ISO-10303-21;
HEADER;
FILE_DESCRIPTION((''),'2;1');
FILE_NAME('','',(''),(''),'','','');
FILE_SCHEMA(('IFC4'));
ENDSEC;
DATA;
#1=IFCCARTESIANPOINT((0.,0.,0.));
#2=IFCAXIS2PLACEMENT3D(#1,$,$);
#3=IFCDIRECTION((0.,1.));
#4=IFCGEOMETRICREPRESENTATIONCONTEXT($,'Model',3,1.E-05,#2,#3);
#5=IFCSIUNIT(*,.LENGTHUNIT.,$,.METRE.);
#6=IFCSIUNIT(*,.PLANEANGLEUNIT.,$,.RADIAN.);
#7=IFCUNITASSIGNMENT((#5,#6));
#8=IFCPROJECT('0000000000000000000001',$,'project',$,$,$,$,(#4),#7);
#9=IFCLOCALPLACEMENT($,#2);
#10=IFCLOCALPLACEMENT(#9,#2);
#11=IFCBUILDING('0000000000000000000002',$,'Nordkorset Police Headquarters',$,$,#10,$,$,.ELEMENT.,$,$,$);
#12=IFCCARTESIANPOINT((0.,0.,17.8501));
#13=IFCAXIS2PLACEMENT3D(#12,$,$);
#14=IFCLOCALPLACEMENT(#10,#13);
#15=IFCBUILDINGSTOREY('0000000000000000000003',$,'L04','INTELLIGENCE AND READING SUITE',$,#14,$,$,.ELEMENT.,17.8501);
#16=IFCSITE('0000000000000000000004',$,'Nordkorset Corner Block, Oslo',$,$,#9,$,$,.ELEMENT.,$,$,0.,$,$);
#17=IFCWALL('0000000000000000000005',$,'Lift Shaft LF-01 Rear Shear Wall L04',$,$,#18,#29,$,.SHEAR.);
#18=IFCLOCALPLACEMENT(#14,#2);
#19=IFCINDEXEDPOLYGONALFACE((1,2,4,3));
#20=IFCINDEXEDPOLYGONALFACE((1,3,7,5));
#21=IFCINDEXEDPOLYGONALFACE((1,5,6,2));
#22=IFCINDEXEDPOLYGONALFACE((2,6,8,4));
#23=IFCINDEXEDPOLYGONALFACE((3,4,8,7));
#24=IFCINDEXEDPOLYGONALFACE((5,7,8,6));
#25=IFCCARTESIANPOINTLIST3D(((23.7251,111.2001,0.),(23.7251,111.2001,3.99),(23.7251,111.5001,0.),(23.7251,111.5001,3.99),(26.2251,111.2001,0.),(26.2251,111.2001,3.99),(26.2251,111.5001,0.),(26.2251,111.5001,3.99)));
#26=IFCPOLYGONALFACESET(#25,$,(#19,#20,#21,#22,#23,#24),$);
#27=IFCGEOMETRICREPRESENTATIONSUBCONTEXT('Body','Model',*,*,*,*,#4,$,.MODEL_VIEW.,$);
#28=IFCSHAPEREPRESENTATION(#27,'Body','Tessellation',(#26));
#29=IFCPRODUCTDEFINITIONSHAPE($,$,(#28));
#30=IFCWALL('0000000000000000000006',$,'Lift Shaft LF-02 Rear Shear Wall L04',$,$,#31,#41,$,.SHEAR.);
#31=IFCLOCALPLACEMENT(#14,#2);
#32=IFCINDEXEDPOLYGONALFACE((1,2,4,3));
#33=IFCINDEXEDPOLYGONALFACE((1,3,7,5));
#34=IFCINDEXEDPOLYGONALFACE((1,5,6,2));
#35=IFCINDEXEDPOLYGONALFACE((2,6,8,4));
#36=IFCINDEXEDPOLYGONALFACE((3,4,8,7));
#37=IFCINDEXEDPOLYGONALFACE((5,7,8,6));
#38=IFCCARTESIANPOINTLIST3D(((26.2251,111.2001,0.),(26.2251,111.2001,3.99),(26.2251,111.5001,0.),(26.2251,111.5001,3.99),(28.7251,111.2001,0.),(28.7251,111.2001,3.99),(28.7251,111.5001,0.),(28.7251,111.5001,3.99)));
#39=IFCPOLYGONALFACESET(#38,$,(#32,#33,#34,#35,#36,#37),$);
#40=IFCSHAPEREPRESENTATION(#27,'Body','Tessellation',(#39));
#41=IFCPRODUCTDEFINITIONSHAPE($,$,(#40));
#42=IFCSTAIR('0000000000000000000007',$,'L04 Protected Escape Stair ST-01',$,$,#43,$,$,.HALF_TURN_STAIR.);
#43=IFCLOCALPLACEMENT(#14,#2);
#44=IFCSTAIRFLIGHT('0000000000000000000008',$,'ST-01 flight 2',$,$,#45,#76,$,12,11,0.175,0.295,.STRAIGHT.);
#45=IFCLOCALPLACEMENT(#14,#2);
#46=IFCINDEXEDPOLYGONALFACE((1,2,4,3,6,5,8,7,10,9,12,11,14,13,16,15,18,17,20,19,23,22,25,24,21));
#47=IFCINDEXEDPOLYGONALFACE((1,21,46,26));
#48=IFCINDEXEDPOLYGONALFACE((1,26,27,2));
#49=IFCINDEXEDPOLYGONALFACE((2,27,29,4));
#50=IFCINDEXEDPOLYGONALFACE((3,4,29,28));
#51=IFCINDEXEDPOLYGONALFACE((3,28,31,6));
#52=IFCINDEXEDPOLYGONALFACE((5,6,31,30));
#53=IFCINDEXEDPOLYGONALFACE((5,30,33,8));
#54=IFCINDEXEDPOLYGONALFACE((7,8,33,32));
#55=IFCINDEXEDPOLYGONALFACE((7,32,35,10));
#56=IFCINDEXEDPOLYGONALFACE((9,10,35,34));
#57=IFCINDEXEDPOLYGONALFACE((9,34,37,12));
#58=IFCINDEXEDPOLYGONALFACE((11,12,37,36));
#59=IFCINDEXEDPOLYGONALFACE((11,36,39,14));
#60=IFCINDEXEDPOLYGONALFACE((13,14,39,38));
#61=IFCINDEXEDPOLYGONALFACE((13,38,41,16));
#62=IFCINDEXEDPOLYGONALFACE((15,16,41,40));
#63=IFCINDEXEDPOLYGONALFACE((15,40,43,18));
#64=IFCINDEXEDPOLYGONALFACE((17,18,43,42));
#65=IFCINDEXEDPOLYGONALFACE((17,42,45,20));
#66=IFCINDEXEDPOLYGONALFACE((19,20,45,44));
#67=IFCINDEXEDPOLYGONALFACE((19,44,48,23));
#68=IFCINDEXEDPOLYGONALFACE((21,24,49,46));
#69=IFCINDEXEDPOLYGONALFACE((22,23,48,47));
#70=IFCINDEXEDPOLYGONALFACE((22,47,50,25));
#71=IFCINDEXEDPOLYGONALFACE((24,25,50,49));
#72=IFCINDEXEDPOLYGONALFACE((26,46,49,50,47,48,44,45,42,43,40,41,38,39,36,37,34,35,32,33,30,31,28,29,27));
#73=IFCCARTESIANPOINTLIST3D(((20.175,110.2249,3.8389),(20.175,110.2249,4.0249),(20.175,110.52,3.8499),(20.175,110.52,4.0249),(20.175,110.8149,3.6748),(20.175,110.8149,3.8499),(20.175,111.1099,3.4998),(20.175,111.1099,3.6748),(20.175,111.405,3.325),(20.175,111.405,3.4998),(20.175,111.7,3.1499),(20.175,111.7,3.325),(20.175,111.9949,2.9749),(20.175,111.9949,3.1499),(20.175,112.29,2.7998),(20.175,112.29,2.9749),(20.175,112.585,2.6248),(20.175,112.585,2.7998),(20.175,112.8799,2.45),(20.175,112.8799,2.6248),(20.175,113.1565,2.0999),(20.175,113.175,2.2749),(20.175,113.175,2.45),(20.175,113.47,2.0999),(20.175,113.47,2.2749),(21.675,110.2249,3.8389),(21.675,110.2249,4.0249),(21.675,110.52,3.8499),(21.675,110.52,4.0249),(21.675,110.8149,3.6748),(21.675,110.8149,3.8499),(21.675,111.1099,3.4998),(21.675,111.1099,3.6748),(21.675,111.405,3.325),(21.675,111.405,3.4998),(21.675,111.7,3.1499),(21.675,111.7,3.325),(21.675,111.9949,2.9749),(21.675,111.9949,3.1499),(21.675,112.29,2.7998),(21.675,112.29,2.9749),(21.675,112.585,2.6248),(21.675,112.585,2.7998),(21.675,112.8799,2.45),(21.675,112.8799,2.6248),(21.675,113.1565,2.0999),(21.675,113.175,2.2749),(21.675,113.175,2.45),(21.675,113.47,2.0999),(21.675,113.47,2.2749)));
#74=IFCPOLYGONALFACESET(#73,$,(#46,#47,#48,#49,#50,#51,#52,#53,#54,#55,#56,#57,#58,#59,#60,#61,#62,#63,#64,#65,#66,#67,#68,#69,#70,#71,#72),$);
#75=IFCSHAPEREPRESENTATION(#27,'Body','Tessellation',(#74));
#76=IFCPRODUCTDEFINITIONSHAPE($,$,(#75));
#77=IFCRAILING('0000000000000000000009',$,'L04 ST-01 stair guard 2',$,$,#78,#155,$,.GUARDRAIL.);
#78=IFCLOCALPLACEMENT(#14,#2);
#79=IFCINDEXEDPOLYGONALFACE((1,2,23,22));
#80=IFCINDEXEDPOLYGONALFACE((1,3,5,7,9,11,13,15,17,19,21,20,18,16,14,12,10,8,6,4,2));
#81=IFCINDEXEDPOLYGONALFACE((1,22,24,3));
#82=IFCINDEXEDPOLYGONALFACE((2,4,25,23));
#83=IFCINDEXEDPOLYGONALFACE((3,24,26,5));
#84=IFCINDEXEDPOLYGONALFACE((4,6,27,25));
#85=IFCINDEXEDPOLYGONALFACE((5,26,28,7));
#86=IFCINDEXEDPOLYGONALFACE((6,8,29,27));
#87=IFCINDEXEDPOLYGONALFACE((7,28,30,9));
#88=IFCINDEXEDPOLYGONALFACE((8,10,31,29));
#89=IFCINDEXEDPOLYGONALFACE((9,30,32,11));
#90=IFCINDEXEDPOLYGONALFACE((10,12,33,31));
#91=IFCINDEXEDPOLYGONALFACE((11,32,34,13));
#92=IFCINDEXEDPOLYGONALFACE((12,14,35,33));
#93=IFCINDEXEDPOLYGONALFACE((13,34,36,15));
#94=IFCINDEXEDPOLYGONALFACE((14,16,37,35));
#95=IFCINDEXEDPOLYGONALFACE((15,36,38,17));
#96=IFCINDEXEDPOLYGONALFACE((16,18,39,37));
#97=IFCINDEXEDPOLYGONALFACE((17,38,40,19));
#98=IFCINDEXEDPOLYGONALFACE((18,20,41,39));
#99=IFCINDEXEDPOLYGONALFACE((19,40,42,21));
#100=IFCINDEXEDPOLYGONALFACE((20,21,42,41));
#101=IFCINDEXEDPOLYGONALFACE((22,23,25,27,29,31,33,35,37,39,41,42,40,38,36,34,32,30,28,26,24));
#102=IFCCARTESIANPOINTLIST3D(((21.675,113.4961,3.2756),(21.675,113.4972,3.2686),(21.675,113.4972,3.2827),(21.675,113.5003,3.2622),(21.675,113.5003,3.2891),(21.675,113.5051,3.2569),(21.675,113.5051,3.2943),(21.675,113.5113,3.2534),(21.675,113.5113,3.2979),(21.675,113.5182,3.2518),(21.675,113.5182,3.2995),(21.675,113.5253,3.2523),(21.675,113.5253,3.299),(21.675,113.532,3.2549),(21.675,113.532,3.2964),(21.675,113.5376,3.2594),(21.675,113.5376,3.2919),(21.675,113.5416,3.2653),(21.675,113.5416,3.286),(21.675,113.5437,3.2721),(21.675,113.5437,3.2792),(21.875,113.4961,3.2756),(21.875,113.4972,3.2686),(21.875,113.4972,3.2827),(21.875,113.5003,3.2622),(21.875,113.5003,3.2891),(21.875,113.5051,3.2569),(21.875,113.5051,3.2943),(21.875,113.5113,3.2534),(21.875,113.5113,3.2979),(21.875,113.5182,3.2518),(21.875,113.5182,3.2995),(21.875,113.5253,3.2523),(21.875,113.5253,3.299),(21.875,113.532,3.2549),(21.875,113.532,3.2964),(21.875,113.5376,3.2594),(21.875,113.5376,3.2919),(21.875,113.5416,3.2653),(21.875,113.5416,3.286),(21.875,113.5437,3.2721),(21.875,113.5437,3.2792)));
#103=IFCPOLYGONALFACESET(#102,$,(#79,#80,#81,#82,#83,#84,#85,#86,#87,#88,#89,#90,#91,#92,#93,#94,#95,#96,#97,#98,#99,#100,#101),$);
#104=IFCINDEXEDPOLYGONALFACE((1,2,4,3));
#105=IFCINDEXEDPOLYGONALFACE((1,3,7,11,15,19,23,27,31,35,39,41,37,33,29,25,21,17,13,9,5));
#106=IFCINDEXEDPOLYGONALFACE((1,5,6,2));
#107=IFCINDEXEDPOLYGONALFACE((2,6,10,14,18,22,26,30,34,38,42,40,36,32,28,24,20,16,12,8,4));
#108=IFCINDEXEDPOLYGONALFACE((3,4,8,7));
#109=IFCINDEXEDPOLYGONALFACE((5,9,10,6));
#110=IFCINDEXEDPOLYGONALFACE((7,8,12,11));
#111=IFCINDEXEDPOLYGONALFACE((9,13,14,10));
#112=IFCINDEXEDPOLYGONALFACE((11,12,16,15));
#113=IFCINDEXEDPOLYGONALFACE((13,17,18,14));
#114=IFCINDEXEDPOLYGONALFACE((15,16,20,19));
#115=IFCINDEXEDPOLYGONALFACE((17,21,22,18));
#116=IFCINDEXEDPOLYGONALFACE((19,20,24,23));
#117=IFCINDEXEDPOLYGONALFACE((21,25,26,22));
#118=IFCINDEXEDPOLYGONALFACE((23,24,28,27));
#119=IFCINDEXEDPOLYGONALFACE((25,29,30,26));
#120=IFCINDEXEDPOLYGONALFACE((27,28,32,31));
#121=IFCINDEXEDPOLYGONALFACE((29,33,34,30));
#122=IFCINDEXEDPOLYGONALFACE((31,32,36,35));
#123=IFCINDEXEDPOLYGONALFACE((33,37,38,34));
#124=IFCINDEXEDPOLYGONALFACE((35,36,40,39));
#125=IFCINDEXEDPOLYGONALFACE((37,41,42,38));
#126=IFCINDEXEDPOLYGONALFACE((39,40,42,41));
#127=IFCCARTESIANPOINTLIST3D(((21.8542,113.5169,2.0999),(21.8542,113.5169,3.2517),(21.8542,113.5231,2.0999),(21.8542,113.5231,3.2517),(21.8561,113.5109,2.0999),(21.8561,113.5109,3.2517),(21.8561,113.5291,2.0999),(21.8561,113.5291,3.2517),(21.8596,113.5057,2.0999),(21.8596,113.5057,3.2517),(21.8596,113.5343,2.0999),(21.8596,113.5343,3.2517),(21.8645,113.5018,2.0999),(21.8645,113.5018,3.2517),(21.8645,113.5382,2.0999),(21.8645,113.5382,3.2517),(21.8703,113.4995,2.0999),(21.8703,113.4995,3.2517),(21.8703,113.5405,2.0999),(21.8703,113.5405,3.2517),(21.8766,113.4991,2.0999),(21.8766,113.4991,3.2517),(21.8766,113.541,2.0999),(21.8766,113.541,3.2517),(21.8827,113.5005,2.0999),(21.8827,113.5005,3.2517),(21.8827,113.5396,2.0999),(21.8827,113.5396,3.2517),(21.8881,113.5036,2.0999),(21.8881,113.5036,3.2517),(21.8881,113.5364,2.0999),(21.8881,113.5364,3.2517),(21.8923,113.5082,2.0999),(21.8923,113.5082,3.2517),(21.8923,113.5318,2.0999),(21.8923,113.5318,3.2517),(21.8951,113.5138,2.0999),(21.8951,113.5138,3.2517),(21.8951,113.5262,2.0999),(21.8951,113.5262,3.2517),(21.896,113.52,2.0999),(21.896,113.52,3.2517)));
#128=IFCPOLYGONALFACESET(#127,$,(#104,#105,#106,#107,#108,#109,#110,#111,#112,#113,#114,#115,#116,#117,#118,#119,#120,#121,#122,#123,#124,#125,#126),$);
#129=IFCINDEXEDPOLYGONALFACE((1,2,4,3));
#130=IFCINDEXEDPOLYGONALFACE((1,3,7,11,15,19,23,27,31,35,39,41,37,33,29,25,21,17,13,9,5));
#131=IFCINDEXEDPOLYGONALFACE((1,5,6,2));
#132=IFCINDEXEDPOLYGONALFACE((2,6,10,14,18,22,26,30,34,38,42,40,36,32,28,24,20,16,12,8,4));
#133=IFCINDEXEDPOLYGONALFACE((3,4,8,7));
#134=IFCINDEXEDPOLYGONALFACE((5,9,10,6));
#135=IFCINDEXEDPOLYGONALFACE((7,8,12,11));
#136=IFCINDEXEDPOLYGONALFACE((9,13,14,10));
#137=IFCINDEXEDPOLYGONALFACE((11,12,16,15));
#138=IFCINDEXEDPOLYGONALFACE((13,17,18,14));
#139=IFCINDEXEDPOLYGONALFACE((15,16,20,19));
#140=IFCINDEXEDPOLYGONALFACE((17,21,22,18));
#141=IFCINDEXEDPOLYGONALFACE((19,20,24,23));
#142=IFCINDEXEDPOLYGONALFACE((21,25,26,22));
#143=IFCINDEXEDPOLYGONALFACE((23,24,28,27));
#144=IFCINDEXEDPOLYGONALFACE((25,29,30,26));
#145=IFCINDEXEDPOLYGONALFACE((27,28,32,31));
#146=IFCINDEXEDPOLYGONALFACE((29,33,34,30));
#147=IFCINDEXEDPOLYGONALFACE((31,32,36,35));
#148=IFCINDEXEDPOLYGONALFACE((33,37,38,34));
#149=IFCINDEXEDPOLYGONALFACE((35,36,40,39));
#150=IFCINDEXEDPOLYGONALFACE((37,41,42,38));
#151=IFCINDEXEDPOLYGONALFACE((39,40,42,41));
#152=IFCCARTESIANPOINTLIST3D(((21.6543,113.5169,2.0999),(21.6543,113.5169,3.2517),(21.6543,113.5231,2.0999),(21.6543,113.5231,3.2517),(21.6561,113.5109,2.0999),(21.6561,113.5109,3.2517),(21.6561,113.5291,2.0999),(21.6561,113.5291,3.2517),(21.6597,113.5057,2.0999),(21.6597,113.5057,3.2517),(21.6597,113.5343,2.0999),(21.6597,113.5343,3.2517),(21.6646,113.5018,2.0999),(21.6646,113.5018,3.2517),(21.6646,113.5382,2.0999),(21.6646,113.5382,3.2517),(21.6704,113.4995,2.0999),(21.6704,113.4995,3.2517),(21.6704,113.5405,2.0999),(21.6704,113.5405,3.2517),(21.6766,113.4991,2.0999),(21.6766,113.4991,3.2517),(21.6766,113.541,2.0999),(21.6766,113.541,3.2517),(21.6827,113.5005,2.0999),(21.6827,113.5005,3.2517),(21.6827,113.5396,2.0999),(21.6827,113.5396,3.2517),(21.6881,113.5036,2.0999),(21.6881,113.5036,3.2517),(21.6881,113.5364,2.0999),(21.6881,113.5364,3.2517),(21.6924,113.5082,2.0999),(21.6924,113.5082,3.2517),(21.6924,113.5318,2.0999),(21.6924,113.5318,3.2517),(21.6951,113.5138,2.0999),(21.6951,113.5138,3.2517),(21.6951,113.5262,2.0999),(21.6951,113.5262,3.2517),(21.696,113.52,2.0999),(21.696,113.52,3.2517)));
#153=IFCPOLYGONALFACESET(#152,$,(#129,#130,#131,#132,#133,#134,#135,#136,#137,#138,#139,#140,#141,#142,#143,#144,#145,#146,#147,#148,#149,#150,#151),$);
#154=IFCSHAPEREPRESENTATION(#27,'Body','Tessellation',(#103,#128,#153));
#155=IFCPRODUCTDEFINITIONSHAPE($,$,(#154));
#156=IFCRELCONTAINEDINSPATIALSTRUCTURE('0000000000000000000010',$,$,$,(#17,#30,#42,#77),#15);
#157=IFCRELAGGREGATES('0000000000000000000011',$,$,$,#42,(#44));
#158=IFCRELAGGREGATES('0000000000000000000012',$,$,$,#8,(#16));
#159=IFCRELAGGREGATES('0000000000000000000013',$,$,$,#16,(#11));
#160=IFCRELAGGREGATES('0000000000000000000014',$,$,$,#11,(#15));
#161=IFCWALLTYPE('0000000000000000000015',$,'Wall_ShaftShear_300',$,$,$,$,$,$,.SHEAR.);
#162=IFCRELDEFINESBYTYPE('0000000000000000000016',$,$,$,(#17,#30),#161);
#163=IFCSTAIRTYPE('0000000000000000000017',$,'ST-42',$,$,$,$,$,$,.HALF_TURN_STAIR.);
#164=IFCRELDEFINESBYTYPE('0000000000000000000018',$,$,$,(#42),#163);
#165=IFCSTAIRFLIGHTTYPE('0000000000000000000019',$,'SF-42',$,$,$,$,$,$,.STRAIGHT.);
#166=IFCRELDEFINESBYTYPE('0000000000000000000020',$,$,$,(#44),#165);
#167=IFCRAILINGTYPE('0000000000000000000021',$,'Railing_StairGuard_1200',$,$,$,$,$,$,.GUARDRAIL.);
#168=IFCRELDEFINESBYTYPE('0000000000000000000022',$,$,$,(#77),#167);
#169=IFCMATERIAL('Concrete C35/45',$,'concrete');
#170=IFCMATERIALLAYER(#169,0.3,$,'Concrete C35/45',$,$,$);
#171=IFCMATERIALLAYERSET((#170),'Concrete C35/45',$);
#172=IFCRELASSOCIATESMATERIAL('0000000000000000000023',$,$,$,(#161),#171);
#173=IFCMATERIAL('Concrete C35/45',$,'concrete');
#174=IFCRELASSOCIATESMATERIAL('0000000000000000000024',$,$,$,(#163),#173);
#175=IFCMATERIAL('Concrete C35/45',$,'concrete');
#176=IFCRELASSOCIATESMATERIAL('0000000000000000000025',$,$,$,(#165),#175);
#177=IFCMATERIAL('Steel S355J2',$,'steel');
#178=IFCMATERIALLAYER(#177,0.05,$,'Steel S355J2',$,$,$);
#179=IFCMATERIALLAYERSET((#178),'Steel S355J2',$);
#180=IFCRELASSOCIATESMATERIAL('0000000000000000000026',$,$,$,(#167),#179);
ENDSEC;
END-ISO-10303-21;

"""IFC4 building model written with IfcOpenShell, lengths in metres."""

from ifc_helpers import new_model, si_unit, direction, frame, frame_2d, origin, origin_2d, place, context, subcontext, project, spatial, polyline, rectangle, circle, outline, extrude, material, layer, layer_set, type_object, element, aggregate, save


model = new_model("IFC4")

# Units and contexts
model_context = context("Model", 3, precision=1e-05, world=origin(), true_north=direction((0.0, 1.0)))
body_context = subcontext(model_context, "Body", "Model", "MODEL_VIEW")
ifc_project = project(units=[si_unit("LENGTHUNIT", "METRE"), si_unit("PLANEANGLEUNIT", "RADIAN")], contexts=[model_context])

# Site, building, storey
site_placement = place(None, origin())
site = spatial("IfcSite", under=ifc_project, at=site_placement, Name="Nordkorset Corner Block, Oslo", CompositionType="ELEMENT", RefElevation=0.0)
building_placement = place(site_placement, origin())
building = spatial("IfcBuilding", under=site, at=building_placement, Name="Nordkorset Police Headquarters", CompositionType="ELEMENT")
storey_placement = place(building_placement, frame((0.0, 0.0, 17.8501)))
storey = spatial("IfcBuildingStorey", under=building, at=storey_placement, Name="L04", Description="INTELLIGENCE AND READING SUITE", CompositionType="ELEMENT", Elevation=17.8501)

# Walls
ifc_material_1 = material(Name="Concrete C35/45", Category="concrete")
ifc_layer_1 = layer(ifc_material_1, 0.3, Name="Concrete C35/45")
ifc_layer_set_1 = layer_set([ifc_layer_1], Name="Concrete C35/45")
wall_type_1 = type_object("IfcWallType", Name="Wall_ShaftShear_300", PredefinedType="SHEAR", material=ifc_layer_set_1)
for number, where, z_axis, x_axis, name in (
    (1, (23.7251, 111.3501, 0.0), (0.0, 0.0, 1.0), (1.0, 0.0, 0.0), "Lift Shaft LF-01 Rear Shear Wall L04"),
    (2, (26.2251, 111.3501, 0.0), (0.0, 0.0, 1.0), (1.0, 0.0, 0.0), "Lift Shaft LF-02 Rear Shear Wall L04"),
):
    element("IfcWall", number, at=place(storey_placement, frame(where, z_axis=z_axis, x_axis=x_axis)), inside=storey, type_object=wall_type_1, Name=name, PredefinedType="SHEAR", context=body_context, shape_type="SweptSolid", body=[
        extrude(rectangle(XDim=2.5, YDim=0.3, at=frame_2d((1.25, 0.0))), origin(), (0.0, 0.0, 1.0), 3.99),
    ])

# Stair, stair flight
ifc_material_2 = material(Name="Concrete C35/45", Category="concrete")
stair_type = type_object("IfcStairType", Name="ST-42", PredefinedType="HALF_TURN_STAIR", material=ifc_material_2)
stair_placement = place(storey_placement, origin())
stair = element("IfcStair", 3, at=stair_placement, inside=storey, type_object=stair_type, Name="L04 Protected Escape Stair ST-01", PredefinedType="HALF_TURN_STAIR")
ifc_material_3 = material(Name="Concrete C35/45", Category="concrete")
stair_flight_type = type_object("IfcStairFlightType", Name="SF-42", PredefinedType="STRAIGHT", material=ifc_material_3)
stair_flight_placement = place(storey_placement, frame((20.925, 113.47, 2.0999), z_axis=(0.0, 0.0, 1.0), x_axis=(0.0, -1.0, 0.0)))
stair_flight = element("IfcStairFlight", 4, at=stair_flight_placement, type_object=stair_flight_type, Name="ST-01 flight 2", NumberOfRisers=12, NumberOfTreads=11, PredefinedType="STRAIGHT", RiserHeight=0.175, TreadLength=0.295, context=body_context, shape_type="SweptSolid", body=[
    extrude(outline(polyline([(0.0, 0.0), (0.0, 0.175), (0.2949, 0.175), (0.2949, 0.3501), (0.5901, 0.3501), (0.5901, 0.5249), (0.885, 0.5249), (0.885, 0.7), (1.1799, 0.7), (1.1799, 0.875), (1.4751, 0.875), (1.4751, 1.05), (1.77, 1.05), (1.77, 1.2251), (2.0649, 1.2251), (2.0649, 1.3999), (2.3601, 1.3999), (2.3601, 1.575), (2.655, 1.575), (2.655, 1.75), (2.95, 1.75), (2.95, 1.925), (3.2451, 1.925), (3.2451, 2.1001), (3.2451, 1.739), (0.3135, 0.0), (0.0, 0.0)])), frame((0.0, 0.75, 0.0), z_axis=(0.0, -1.0, 0.0), x_axis=(1.0, 0.0, 0.0)), (0.0, 0.0, 1.0), 1.5),
])
aggregate(stair, [stair_flight])

# Railing
ifc_material_4 = material(Name="Steel S355J2", Category="steel")
ifc_layer_2 = layer(ifc_material_4, 0.05, Name="Steel S355J2")
ifc_layer_set_2 = layer_set([ifc_layer_2], Name="Steel S355J2")
railing_type = type_object("IfcRailingType", Name="Railing_StairGuard_1200", PredefinedType="GUARDRAIL", material=ifc_layer_set_2)
railing_1_placement = place(storey_placement, frame((21.875, 113.52, 2.0999)))
element("IfcRailing", 5, at=railing_1_placement, inside=storey, type_object=railing_type, Name="L04 ST-01 stair guard 2", PredefinedType="GUARDRAIL", context=body_context, shape_type="SweptSolid", body=[
    extrude(circle(Radius=0.0239, at=origin_2d()), frame((0.0, 0.0, 1.1758), z_axis=(-1.0, 0.0, 0.0), x_axis=(0.0, -1.0, 0.0)), (0.0, 0.0, 1.0), 0.2),
    extrude(circle(Radius=0.021, at=origin_2d()), origin(), (0.0, 0.0, 1.0), 1.1519),
    extrude(circle(Radius=0.021, at=origin_2d()), frame((-0.2, 0.0, 0.0)), (0.0, 0.0, 1.0), 1.1519),
])

save(model, "model.ifc")
